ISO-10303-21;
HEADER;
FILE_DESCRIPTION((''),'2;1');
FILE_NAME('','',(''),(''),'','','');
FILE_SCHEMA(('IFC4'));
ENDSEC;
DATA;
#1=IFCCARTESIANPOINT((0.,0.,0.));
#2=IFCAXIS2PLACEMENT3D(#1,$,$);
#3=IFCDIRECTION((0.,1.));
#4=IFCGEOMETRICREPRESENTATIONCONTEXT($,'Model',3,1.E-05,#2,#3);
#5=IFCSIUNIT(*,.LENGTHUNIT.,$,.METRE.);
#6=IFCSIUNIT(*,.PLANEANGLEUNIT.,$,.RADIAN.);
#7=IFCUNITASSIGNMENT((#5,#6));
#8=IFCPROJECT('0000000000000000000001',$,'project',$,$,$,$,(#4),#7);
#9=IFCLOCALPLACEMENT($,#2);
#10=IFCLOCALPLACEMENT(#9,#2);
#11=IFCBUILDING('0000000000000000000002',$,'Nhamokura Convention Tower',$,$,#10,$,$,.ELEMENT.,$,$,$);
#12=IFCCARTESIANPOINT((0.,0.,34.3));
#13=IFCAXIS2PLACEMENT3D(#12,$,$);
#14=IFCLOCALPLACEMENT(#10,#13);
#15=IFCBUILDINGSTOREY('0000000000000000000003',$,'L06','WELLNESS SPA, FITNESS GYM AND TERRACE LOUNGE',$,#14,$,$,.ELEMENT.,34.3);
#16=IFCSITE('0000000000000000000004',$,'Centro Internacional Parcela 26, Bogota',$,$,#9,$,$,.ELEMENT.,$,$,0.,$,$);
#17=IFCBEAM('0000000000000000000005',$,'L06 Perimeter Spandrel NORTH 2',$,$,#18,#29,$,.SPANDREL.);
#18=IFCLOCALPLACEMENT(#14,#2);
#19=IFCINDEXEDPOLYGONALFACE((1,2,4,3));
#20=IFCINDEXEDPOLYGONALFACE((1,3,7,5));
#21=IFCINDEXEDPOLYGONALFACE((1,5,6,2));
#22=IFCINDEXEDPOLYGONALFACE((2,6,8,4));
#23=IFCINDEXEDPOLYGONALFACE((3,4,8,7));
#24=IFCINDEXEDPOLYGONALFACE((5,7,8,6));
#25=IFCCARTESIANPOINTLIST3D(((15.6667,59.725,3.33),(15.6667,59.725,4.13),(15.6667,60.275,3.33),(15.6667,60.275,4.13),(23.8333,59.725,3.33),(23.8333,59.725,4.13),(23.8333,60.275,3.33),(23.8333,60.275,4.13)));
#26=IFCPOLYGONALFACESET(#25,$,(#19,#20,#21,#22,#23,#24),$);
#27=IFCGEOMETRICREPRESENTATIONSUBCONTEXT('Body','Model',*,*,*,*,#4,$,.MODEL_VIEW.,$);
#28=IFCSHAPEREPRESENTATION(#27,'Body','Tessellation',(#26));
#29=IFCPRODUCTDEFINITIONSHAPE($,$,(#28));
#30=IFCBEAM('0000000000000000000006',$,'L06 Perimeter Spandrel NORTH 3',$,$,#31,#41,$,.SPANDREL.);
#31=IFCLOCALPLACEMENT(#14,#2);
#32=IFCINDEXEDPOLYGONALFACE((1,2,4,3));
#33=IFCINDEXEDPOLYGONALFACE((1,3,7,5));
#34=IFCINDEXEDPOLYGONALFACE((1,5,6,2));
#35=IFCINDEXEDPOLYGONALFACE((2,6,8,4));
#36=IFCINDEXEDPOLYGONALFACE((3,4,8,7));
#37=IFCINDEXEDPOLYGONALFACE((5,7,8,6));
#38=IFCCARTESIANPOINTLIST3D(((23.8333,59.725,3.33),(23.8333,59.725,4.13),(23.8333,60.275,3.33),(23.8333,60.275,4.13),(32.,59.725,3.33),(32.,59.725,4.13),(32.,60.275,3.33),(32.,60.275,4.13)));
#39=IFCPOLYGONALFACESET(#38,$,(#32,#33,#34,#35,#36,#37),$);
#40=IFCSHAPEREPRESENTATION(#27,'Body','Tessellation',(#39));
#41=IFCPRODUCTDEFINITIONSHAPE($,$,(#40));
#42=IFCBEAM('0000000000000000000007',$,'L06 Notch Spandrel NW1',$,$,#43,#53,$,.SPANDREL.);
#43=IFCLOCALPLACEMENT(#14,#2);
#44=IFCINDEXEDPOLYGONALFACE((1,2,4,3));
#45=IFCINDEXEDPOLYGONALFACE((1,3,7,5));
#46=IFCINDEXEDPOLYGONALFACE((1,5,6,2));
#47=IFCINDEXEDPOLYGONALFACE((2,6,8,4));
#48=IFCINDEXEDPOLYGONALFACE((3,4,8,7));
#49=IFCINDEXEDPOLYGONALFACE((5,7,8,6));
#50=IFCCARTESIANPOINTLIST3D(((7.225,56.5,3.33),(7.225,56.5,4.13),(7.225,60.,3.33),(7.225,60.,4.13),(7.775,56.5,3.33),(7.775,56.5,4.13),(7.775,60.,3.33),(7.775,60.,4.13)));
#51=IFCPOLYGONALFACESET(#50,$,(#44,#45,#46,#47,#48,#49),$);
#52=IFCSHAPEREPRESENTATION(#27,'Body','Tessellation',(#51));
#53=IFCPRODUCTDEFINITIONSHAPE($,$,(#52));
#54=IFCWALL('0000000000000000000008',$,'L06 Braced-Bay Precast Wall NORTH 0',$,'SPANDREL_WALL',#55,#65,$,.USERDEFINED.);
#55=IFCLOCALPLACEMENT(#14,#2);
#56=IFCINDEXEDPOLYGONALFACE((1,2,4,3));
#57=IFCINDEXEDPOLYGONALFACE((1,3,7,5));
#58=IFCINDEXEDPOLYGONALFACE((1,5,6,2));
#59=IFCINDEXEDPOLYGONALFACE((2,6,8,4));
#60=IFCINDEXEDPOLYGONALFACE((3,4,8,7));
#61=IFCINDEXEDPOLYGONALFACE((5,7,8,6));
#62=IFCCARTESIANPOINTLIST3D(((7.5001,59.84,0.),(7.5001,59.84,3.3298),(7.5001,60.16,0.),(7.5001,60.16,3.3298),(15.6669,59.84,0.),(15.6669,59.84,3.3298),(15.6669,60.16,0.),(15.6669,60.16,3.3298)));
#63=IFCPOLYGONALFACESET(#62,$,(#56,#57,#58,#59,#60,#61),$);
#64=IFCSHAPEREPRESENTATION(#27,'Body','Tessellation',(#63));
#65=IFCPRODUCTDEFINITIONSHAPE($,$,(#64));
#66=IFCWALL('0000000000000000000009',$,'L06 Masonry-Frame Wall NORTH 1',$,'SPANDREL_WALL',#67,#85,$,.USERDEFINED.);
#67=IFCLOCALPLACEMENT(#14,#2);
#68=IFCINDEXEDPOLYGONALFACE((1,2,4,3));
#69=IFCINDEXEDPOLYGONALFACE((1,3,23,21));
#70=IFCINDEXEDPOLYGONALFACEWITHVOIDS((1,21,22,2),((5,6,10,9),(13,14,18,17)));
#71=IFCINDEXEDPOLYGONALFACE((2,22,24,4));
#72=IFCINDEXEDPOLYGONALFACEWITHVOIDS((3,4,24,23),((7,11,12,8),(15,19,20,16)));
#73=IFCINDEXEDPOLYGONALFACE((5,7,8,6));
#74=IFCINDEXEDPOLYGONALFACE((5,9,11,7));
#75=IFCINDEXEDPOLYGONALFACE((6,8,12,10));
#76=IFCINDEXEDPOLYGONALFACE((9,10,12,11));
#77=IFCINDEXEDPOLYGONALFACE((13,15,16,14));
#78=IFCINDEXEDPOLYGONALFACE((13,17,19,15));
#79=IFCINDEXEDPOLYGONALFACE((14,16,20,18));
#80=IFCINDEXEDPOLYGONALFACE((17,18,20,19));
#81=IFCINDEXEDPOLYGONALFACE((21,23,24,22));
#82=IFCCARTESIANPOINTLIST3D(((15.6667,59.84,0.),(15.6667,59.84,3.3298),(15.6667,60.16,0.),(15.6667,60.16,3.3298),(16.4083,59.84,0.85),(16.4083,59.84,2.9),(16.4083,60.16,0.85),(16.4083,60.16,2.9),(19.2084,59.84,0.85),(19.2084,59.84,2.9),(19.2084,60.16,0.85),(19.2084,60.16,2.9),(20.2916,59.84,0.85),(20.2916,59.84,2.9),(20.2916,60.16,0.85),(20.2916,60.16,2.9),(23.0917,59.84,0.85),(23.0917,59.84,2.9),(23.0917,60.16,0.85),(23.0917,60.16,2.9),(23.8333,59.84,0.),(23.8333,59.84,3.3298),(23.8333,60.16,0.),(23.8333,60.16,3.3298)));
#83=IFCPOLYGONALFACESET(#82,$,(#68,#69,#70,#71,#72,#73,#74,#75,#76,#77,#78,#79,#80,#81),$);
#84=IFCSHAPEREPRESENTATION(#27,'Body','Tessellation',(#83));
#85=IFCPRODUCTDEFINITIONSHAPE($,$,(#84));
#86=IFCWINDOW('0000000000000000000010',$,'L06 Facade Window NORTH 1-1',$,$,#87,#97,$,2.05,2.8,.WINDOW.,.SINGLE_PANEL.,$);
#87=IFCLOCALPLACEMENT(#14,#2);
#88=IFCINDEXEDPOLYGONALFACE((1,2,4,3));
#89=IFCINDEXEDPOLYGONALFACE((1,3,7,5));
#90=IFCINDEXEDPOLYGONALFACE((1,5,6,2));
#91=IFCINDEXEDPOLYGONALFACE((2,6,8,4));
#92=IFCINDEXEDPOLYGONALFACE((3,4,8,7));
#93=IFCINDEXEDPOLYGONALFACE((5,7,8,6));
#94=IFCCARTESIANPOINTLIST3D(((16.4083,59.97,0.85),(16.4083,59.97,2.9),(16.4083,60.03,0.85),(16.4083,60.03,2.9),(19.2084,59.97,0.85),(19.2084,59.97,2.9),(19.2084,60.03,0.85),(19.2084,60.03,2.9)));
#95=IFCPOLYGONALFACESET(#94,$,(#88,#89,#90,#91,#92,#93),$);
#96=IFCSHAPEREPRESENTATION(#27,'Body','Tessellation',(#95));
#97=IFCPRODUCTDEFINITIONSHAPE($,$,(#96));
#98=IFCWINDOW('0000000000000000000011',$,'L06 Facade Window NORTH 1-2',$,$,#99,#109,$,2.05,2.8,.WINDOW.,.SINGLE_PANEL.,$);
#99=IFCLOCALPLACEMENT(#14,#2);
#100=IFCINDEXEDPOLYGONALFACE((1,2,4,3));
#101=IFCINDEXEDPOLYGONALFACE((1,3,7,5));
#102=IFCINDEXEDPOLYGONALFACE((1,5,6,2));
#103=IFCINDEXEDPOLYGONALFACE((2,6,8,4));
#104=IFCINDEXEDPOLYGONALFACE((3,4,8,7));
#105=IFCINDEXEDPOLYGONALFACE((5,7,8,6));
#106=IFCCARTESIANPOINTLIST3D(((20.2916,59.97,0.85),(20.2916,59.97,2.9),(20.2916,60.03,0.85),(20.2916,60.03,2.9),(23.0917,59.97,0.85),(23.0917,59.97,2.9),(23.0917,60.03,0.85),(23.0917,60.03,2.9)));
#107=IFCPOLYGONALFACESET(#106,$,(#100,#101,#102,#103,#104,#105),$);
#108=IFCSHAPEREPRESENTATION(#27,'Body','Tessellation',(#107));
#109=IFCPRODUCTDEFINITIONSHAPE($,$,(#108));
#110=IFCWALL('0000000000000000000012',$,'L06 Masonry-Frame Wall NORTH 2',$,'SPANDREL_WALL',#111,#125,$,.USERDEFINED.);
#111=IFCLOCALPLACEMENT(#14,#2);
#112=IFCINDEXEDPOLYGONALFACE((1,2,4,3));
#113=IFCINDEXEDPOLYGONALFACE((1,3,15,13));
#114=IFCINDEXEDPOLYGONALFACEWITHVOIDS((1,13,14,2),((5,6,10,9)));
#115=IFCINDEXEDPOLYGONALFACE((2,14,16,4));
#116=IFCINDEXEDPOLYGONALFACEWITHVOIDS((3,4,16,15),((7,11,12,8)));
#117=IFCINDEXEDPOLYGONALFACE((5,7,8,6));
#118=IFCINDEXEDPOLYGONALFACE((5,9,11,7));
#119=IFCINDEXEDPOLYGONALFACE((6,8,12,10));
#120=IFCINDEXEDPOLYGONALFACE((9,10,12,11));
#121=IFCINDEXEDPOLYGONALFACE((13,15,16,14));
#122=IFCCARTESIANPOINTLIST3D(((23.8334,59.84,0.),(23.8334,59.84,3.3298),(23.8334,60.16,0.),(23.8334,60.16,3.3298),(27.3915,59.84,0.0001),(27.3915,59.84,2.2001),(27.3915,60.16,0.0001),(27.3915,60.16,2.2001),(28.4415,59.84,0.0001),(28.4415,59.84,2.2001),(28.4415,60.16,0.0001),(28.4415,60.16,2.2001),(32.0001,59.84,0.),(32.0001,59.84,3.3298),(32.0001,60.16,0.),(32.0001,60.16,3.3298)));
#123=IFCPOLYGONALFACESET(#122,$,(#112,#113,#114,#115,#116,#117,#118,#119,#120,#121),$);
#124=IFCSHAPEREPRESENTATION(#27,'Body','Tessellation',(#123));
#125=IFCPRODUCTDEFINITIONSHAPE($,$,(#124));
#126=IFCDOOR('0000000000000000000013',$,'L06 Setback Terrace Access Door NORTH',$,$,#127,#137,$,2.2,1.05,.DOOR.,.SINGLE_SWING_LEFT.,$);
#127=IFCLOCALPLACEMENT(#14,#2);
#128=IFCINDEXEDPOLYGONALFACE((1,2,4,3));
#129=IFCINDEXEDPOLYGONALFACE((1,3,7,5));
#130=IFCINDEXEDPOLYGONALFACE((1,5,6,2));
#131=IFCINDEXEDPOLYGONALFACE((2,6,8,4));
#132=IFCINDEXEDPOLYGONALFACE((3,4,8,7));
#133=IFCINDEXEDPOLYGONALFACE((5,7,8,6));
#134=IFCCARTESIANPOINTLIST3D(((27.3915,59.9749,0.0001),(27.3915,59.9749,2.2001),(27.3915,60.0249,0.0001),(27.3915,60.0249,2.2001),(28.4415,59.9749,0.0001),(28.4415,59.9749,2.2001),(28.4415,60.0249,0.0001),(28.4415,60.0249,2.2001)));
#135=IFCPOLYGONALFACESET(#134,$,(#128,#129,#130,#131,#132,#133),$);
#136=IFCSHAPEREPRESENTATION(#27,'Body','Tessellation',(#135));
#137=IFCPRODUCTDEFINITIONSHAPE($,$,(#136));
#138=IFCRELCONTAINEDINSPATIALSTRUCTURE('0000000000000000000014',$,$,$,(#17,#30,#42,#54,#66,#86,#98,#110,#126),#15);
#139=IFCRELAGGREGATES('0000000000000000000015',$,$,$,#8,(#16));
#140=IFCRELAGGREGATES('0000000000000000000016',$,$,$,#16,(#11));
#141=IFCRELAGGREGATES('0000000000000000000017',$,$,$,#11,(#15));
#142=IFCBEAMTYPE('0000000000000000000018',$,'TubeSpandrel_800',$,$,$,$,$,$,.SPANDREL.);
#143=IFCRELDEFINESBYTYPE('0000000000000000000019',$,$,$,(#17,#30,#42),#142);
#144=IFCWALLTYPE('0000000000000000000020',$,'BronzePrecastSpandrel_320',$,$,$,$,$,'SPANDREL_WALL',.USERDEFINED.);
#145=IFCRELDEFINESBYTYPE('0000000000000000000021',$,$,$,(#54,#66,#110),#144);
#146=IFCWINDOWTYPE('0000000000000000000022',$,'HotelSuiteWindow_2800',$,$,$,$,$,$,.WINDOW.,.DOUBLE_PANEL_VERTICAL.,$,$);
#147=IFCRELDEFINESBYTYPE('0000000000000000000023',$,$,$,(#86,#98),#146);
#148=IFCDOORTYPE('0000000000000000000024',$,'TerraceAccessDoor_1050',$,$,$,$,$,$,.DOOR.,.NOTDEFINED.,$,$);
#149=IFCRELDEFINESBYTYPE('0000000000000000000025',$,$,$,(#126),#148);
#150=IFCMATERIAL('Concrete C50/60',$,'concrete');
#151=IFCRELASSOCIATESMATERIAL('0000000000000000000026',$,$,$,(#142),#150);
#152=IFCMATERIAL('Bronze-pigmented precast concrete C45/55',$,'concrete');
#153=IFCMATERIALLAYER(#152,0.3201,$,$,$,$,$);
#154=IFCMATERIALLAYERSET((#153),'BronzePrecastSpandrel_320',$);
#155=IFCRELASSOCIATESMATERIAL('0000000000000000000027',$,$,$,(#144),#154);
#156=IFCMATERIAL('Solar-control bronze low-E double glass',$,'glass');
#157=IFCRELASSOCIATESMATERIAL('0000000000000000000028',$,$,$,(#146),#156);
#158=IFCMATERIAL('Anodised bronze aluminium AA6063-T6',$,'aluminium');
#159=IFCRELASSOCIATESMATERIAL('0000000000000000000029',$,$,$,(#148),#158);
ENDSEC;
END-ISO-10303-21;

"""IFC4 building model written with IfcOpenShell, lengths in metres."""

from ifc_helpers import new_model, si_unit, direction, frame, frame_2d, origin, origin_2d, place, context, subcontext, project, spatial, rectangle, extrude, material, layer, layer_set, material_profile, profile_set, type_object, element, fill, save


model = new_model("IFC4")

# Units and contexts
model_context = context("Model", 3, precision=1e-05, world=origin(), true_north=direction((0.0, 1.0)))
body_context = subcontext(model_context, "Body", "Model", "MODEL_VIEW")
ifc_project = project(units=[si_unit("LENGTHUNIT", "METRE"), si_unit("PLANEANGLEUNIT", "RADIAN")], contexts=[model_context])

# Site, building, storey
site_placement = place(None, origin())
site = spatial("IfcSite", under=ifc_project, at=site_placement, Name="Centro Internacional Parcela 26, Bogota", CompositionType="ELEMENT", RefElevation=0.0)
building_placement = place(site_placement, origin())
building = spatial("IfcBuilding", under=site, at=building_placement, Name="Nhamokura Convention Tower", CompositionType="ELEMENT")
storey_placement = place(building_placement, frame((0.0, 0.0, 34.3)))
storey = spatial("IfcBuildingStorey", under=building, at=storey_placement, Name="L06", Description="WELLNESS SPA, FITNESS GYM AND TERRACE LOUNGE", CompositionType="ELEMENT", Elevation=34.3)

# Beams
ifc_material_1 = material(Name="Concrete C50/60", Category="concrete")
ifc_material_profile_1 = material_profile(ifc_material_1, rectangle(XDim=0.55, YDim=0.8, at=origin_2d()))
ifc_profile_set_1 = profile_set([ifc_material_profile_1], Name="Concrete C50/60")
beam_type_1 = type_object("IfcBeamType", Name="TubeSpandrel_800", PredefinedType="SPANDREL", material=ifc_profile_set_1)
beam_1_placement = place(storey_placement, frame((15.6667, 60.0, 3.73), z_axis=(1.0, 0.0, 0.0), x_axis=(0.0, 1.0, 0.0)))
element("IfcBeam", 1, at=beam_1_placement, inside=storey, type_object=beam_type_1, Name="L06 Perimeter Spandrel NORTH 2", PredefinedType="SPANDREL", context=body_context, shape_type="SweptSolid", body=[
    extrude(rectangle(XDim=0.55, YDim=0.8, at=origin_2d()), origin(), (0.0, 0.0, 1.0), 8.1665),
])
beam_2_placement = place(storey_placement, frame((23.8333, 60.0, 3.73), z_axis=(1.0, 0.0, 0.0), x_axis=(0.0, 1.0, 0.0)))
element("IfcBeam", 2, at=beam_2_placement, inside=storey, type_object=beam_type_1, Name="L06 Perimeter Spandrel NORTH 3", PredefinedType="SPANDREL", context=body_context, shape_type="SweptSolid", body=[
    extrude(rectangle(XDim=0.55, YDim=0.8, at=origin_2d()), origin(), (0.0, 0.0, 1.0), 8.1667),
])
beam_3_placement = place(storey_placement, frame((7.5, 60.0, 3.73), z_axis=(0.0, -1.0, 0.0), x_axis=(1.0, 0.0, 0.0)))
element("IfcBeam", 3, at=beam_3_placement, inside=storey, type_object=beam_type_1, Name="L06 Notch Spandrel NW1", PredefinedType="SPANDREL", context=body_context, shape_type="SweptSolid", body=[
    extrude(rectangle(XDim=0.55, YDim=0.8, at=origin_2d()), origin(), (0.0, 0.0, 1.0), 3.5),
])

# Wall
ifc_material_2 = material(Name="Bronze-pigmented precast concrete C45/55", Category="concrete")
ifc_layer = layer(ifc_material_2, 0.3201)
ifc_layer_set = layer_set([ifc_layer], Name="BronzePrecastSpandrel_320")
wall_type = type_object("IfcWallType", Name="BronzePrecastSpandrel_320", ElementType="SPANDREL_WALL", PredefinedType="USERDEFINED", material=ifc_layer_set)
wall_1_placement = place(storey_placement, frame((7.5, 60.0, 0.0), z_axis=(0.0, 0.0, 1.0), x_axis=(1.0, 0.0, 0.0)))
element("IfcWall", 4, at=wall_1_placement, inside=storey, type_object=wall_type, Name="L06 Braced-Bay Precast Wall NORTH 0", ObjectType="SPANDREL_WALL", PredefinedType="USERDEFINED", context=body_context, shape_type="SweptSolid", body=[
    extrude(rectangle(XDim=8.1667, YDim=0.3201, at=frame_2d((4.0835, 0.0))), origin(), (0.0, 0.0, 1.0), 3.3298),
])

# Wall, openings, windows
wall_2_placement = place(storey_placement, frame((15.6667, 60.0, 0.0), z_axis=(0.0, 0.0, 1.0), x_axis=(1.0, 0.0, 0.0)))
wall_2 = element("IfcWall", 5, at=wall_2_placement, inside=storey, type_object=wall_type, Name="L06 Masonry-Frame Wall NORTH 1", ObjectType="SPANDREL_WALL", PredefinedType="USERDEFINED", context=body_context, shape_type="SweptSolid", body=[
    extrude(rectangle(XDim=8.1665, YDim=0.3201, at=frame_2d((4.0833, 0.0))), origin(), (0.0, 0.0, 1.0), 3.3298),
])
opening_1_placement = place(wall_2_placement, frame((0.7417, 0.0, 0.8501)))
opening_1 = element("IfcOpeningElement", 6, at=opening_1_placement, cuts=wall_2, PredefinedType="OPENING", context=body_context, shape_type="SweptSolid", body=[
    extrude(rectangle(XDim=2.8, YDim=2.05, at=frame_2d((1.3999, 1.0249))), frame((0.0, 0.1699, 0.0), z_axis=(0.0, -1.0, 0.0), x_axis=(1.0, 0.0, 0.0)), (0.0, 0.0, 1.0), 0.3401),
])
opening_2_placement = place(wall_2_placement, frame((4.625, 0.0, 0.8501)))
opening_2 = element("IfcOpeningElement", 7, at=opening_2_placement, cuts=wall_2, PredefinedType="OPENING", context=body_context, shape_type="SweptSolid", body=[
    extrude(rectangle(XDim=2.8, YDim=2.05, at=frame_2d((1.3999, 1.0249))), frame((0.0, 0.1699, 0.0), z_axis=(0.0, -1.0, 0.0), x_axis=(1.0, 0.0, 0.0)), (0.0, 0.0, 1.0), 0.3401),
])
ifc_material_3 = material(Name="Solar-control bronze low-E double glass", Category="glass")
window_type = type_object("IfcWindowType", Name="HotelSuiteWindow_2800", PartitioningType="DOUBLE_PANEL_VERTICAL", PredefinedType="WINDOW", material=ifc_material_3)
window_1_placement = place(opening_1_placement, origin())
window_1 = element("IfcWindow", 8, at=window_1_placement, inside=storey, type_object=window_type, Name="L06 Facade Window NORTH 1-1", OverallHeight=2.05, OverallWidth=2.8, PartitioningType="SINGLE_PANEL", PredefinedType="WINDOW", context=body_context, shape_type="SweptSolid", body=[
    extrude(rectangle(XDim=2.8, YDim=2.05, at=frame_2d((1.3999, 1.0249))), frame((0.0, 0.03, 0.0), z_axis=(0.0, -1.0, 0.0), x_axis=(1.0, 0.0, 0.0)), (0.0, 0.0, 1.0), 0.0601),
])
fill(opening_1, window_1)
window_2_placement = place(opening_2_placement, origin())
window_2 = element("IfcWindow", 9, at=window_2_placement, inside=storey, type_object=window_type, Name="L06 Facade Window NORTH 1-2", OverallHeight=2.05, OverallWidth=2.8, PartitioningType="SINGLE_PANEL", PredefinedType="WINDOW", context=body_context, shape_type="SweptSolid", body=[
    extrude(rectangle(XDim=2.8, YDim=2.05, at=frame_2d((1.3999, 1.0249))), frame((0.0, 0.03, 0.0), z_axis=(0.0, -1.0, 0.0), x_axis=(1.0, 0.0, 0.0)), (0.0, 0.0, 1.0), 0.0601),
])
fill(opening_2, window_2)

# Wall, opening, door
wall_3_placement = place(storey_placement, frame((23.8333, 60.0, 0.0), z_axis=(0.0, 0.0, 1.0), x_axis=(1.0, 0.0, 0.0)))
wall_3 = element("IfcWall", 10, at=wall_3_placement, inside=storey, type_object=wall_type, Name="L06 Masonry-Frame Wall NORTH 2", ObjectType="SPANDREL_WALL", PredefinedType="USERDEFINED", context=body_context, shape_type="SweptSolid", body=[
    extrude(rectangle(XDim=8.1667, YDim=0.3201, at=frame_2d((4.0835, 0.0))), origin(), (0.0, 0.0, 1.0), 3.3298),
])
opening_3_placement = place(wall_3_placement, frame((3.5583, 0.0, 0.0)))
opening_3 = element("IfcOpeningElement", 11, at=opening_3_placement, cuts=wall_3, PredefinedType="OPENING", context=body_context, shape_type="SweptSolid", body=[
    extrude(rectangle(XDim=1.05, YDim=2.2, at=frame_2d((0.5249, 1.1001))), frame((0.0, 0.1699, 0.0), z_axis=(0.0, -1.0, 0.0), x_axis=(1.0, 0.0, 0.0)), (0.0, 0.0, 1.0), 0.3401),
])
ifc_material_4 = material(Name="Anodised bronze aluminium AA6063-T6", Category="aluminium")
door_type = type_object("IfcDoorType", Name="TerraceAccessDoor_1050", OperationType="NOTDEFINED", PredefinedType="DOOR", material=ifc_material_4)
door_placement = place(opening_3_placement, origin())
door = element("IfcDoor", 12, at=door_placement, inside=storey, type_object=door_type, Name="L06 Setback Terrace Access Door NORTH", OperationType="SINGLE_SWING_LEFT", OverallHeight=2.2, OverallWidth=1.05, PredefinedType="DOOR", context=body_context, shape_type="SweptSolid", body=[
    extrude(rectangle(XDim=1.05, YDim=2.2, at=frame_2d((0.5249, 1.1001))), frame((0.0, 0.0249, 0.0), z_axis=(0.0, -1.0, 0.0), x_axis=(1.0, 0.0, 0.0)), (0.0, 0.0, 1.0), 0.05),
])
fill(opening_3, door)

save(model, "model.ifc")
